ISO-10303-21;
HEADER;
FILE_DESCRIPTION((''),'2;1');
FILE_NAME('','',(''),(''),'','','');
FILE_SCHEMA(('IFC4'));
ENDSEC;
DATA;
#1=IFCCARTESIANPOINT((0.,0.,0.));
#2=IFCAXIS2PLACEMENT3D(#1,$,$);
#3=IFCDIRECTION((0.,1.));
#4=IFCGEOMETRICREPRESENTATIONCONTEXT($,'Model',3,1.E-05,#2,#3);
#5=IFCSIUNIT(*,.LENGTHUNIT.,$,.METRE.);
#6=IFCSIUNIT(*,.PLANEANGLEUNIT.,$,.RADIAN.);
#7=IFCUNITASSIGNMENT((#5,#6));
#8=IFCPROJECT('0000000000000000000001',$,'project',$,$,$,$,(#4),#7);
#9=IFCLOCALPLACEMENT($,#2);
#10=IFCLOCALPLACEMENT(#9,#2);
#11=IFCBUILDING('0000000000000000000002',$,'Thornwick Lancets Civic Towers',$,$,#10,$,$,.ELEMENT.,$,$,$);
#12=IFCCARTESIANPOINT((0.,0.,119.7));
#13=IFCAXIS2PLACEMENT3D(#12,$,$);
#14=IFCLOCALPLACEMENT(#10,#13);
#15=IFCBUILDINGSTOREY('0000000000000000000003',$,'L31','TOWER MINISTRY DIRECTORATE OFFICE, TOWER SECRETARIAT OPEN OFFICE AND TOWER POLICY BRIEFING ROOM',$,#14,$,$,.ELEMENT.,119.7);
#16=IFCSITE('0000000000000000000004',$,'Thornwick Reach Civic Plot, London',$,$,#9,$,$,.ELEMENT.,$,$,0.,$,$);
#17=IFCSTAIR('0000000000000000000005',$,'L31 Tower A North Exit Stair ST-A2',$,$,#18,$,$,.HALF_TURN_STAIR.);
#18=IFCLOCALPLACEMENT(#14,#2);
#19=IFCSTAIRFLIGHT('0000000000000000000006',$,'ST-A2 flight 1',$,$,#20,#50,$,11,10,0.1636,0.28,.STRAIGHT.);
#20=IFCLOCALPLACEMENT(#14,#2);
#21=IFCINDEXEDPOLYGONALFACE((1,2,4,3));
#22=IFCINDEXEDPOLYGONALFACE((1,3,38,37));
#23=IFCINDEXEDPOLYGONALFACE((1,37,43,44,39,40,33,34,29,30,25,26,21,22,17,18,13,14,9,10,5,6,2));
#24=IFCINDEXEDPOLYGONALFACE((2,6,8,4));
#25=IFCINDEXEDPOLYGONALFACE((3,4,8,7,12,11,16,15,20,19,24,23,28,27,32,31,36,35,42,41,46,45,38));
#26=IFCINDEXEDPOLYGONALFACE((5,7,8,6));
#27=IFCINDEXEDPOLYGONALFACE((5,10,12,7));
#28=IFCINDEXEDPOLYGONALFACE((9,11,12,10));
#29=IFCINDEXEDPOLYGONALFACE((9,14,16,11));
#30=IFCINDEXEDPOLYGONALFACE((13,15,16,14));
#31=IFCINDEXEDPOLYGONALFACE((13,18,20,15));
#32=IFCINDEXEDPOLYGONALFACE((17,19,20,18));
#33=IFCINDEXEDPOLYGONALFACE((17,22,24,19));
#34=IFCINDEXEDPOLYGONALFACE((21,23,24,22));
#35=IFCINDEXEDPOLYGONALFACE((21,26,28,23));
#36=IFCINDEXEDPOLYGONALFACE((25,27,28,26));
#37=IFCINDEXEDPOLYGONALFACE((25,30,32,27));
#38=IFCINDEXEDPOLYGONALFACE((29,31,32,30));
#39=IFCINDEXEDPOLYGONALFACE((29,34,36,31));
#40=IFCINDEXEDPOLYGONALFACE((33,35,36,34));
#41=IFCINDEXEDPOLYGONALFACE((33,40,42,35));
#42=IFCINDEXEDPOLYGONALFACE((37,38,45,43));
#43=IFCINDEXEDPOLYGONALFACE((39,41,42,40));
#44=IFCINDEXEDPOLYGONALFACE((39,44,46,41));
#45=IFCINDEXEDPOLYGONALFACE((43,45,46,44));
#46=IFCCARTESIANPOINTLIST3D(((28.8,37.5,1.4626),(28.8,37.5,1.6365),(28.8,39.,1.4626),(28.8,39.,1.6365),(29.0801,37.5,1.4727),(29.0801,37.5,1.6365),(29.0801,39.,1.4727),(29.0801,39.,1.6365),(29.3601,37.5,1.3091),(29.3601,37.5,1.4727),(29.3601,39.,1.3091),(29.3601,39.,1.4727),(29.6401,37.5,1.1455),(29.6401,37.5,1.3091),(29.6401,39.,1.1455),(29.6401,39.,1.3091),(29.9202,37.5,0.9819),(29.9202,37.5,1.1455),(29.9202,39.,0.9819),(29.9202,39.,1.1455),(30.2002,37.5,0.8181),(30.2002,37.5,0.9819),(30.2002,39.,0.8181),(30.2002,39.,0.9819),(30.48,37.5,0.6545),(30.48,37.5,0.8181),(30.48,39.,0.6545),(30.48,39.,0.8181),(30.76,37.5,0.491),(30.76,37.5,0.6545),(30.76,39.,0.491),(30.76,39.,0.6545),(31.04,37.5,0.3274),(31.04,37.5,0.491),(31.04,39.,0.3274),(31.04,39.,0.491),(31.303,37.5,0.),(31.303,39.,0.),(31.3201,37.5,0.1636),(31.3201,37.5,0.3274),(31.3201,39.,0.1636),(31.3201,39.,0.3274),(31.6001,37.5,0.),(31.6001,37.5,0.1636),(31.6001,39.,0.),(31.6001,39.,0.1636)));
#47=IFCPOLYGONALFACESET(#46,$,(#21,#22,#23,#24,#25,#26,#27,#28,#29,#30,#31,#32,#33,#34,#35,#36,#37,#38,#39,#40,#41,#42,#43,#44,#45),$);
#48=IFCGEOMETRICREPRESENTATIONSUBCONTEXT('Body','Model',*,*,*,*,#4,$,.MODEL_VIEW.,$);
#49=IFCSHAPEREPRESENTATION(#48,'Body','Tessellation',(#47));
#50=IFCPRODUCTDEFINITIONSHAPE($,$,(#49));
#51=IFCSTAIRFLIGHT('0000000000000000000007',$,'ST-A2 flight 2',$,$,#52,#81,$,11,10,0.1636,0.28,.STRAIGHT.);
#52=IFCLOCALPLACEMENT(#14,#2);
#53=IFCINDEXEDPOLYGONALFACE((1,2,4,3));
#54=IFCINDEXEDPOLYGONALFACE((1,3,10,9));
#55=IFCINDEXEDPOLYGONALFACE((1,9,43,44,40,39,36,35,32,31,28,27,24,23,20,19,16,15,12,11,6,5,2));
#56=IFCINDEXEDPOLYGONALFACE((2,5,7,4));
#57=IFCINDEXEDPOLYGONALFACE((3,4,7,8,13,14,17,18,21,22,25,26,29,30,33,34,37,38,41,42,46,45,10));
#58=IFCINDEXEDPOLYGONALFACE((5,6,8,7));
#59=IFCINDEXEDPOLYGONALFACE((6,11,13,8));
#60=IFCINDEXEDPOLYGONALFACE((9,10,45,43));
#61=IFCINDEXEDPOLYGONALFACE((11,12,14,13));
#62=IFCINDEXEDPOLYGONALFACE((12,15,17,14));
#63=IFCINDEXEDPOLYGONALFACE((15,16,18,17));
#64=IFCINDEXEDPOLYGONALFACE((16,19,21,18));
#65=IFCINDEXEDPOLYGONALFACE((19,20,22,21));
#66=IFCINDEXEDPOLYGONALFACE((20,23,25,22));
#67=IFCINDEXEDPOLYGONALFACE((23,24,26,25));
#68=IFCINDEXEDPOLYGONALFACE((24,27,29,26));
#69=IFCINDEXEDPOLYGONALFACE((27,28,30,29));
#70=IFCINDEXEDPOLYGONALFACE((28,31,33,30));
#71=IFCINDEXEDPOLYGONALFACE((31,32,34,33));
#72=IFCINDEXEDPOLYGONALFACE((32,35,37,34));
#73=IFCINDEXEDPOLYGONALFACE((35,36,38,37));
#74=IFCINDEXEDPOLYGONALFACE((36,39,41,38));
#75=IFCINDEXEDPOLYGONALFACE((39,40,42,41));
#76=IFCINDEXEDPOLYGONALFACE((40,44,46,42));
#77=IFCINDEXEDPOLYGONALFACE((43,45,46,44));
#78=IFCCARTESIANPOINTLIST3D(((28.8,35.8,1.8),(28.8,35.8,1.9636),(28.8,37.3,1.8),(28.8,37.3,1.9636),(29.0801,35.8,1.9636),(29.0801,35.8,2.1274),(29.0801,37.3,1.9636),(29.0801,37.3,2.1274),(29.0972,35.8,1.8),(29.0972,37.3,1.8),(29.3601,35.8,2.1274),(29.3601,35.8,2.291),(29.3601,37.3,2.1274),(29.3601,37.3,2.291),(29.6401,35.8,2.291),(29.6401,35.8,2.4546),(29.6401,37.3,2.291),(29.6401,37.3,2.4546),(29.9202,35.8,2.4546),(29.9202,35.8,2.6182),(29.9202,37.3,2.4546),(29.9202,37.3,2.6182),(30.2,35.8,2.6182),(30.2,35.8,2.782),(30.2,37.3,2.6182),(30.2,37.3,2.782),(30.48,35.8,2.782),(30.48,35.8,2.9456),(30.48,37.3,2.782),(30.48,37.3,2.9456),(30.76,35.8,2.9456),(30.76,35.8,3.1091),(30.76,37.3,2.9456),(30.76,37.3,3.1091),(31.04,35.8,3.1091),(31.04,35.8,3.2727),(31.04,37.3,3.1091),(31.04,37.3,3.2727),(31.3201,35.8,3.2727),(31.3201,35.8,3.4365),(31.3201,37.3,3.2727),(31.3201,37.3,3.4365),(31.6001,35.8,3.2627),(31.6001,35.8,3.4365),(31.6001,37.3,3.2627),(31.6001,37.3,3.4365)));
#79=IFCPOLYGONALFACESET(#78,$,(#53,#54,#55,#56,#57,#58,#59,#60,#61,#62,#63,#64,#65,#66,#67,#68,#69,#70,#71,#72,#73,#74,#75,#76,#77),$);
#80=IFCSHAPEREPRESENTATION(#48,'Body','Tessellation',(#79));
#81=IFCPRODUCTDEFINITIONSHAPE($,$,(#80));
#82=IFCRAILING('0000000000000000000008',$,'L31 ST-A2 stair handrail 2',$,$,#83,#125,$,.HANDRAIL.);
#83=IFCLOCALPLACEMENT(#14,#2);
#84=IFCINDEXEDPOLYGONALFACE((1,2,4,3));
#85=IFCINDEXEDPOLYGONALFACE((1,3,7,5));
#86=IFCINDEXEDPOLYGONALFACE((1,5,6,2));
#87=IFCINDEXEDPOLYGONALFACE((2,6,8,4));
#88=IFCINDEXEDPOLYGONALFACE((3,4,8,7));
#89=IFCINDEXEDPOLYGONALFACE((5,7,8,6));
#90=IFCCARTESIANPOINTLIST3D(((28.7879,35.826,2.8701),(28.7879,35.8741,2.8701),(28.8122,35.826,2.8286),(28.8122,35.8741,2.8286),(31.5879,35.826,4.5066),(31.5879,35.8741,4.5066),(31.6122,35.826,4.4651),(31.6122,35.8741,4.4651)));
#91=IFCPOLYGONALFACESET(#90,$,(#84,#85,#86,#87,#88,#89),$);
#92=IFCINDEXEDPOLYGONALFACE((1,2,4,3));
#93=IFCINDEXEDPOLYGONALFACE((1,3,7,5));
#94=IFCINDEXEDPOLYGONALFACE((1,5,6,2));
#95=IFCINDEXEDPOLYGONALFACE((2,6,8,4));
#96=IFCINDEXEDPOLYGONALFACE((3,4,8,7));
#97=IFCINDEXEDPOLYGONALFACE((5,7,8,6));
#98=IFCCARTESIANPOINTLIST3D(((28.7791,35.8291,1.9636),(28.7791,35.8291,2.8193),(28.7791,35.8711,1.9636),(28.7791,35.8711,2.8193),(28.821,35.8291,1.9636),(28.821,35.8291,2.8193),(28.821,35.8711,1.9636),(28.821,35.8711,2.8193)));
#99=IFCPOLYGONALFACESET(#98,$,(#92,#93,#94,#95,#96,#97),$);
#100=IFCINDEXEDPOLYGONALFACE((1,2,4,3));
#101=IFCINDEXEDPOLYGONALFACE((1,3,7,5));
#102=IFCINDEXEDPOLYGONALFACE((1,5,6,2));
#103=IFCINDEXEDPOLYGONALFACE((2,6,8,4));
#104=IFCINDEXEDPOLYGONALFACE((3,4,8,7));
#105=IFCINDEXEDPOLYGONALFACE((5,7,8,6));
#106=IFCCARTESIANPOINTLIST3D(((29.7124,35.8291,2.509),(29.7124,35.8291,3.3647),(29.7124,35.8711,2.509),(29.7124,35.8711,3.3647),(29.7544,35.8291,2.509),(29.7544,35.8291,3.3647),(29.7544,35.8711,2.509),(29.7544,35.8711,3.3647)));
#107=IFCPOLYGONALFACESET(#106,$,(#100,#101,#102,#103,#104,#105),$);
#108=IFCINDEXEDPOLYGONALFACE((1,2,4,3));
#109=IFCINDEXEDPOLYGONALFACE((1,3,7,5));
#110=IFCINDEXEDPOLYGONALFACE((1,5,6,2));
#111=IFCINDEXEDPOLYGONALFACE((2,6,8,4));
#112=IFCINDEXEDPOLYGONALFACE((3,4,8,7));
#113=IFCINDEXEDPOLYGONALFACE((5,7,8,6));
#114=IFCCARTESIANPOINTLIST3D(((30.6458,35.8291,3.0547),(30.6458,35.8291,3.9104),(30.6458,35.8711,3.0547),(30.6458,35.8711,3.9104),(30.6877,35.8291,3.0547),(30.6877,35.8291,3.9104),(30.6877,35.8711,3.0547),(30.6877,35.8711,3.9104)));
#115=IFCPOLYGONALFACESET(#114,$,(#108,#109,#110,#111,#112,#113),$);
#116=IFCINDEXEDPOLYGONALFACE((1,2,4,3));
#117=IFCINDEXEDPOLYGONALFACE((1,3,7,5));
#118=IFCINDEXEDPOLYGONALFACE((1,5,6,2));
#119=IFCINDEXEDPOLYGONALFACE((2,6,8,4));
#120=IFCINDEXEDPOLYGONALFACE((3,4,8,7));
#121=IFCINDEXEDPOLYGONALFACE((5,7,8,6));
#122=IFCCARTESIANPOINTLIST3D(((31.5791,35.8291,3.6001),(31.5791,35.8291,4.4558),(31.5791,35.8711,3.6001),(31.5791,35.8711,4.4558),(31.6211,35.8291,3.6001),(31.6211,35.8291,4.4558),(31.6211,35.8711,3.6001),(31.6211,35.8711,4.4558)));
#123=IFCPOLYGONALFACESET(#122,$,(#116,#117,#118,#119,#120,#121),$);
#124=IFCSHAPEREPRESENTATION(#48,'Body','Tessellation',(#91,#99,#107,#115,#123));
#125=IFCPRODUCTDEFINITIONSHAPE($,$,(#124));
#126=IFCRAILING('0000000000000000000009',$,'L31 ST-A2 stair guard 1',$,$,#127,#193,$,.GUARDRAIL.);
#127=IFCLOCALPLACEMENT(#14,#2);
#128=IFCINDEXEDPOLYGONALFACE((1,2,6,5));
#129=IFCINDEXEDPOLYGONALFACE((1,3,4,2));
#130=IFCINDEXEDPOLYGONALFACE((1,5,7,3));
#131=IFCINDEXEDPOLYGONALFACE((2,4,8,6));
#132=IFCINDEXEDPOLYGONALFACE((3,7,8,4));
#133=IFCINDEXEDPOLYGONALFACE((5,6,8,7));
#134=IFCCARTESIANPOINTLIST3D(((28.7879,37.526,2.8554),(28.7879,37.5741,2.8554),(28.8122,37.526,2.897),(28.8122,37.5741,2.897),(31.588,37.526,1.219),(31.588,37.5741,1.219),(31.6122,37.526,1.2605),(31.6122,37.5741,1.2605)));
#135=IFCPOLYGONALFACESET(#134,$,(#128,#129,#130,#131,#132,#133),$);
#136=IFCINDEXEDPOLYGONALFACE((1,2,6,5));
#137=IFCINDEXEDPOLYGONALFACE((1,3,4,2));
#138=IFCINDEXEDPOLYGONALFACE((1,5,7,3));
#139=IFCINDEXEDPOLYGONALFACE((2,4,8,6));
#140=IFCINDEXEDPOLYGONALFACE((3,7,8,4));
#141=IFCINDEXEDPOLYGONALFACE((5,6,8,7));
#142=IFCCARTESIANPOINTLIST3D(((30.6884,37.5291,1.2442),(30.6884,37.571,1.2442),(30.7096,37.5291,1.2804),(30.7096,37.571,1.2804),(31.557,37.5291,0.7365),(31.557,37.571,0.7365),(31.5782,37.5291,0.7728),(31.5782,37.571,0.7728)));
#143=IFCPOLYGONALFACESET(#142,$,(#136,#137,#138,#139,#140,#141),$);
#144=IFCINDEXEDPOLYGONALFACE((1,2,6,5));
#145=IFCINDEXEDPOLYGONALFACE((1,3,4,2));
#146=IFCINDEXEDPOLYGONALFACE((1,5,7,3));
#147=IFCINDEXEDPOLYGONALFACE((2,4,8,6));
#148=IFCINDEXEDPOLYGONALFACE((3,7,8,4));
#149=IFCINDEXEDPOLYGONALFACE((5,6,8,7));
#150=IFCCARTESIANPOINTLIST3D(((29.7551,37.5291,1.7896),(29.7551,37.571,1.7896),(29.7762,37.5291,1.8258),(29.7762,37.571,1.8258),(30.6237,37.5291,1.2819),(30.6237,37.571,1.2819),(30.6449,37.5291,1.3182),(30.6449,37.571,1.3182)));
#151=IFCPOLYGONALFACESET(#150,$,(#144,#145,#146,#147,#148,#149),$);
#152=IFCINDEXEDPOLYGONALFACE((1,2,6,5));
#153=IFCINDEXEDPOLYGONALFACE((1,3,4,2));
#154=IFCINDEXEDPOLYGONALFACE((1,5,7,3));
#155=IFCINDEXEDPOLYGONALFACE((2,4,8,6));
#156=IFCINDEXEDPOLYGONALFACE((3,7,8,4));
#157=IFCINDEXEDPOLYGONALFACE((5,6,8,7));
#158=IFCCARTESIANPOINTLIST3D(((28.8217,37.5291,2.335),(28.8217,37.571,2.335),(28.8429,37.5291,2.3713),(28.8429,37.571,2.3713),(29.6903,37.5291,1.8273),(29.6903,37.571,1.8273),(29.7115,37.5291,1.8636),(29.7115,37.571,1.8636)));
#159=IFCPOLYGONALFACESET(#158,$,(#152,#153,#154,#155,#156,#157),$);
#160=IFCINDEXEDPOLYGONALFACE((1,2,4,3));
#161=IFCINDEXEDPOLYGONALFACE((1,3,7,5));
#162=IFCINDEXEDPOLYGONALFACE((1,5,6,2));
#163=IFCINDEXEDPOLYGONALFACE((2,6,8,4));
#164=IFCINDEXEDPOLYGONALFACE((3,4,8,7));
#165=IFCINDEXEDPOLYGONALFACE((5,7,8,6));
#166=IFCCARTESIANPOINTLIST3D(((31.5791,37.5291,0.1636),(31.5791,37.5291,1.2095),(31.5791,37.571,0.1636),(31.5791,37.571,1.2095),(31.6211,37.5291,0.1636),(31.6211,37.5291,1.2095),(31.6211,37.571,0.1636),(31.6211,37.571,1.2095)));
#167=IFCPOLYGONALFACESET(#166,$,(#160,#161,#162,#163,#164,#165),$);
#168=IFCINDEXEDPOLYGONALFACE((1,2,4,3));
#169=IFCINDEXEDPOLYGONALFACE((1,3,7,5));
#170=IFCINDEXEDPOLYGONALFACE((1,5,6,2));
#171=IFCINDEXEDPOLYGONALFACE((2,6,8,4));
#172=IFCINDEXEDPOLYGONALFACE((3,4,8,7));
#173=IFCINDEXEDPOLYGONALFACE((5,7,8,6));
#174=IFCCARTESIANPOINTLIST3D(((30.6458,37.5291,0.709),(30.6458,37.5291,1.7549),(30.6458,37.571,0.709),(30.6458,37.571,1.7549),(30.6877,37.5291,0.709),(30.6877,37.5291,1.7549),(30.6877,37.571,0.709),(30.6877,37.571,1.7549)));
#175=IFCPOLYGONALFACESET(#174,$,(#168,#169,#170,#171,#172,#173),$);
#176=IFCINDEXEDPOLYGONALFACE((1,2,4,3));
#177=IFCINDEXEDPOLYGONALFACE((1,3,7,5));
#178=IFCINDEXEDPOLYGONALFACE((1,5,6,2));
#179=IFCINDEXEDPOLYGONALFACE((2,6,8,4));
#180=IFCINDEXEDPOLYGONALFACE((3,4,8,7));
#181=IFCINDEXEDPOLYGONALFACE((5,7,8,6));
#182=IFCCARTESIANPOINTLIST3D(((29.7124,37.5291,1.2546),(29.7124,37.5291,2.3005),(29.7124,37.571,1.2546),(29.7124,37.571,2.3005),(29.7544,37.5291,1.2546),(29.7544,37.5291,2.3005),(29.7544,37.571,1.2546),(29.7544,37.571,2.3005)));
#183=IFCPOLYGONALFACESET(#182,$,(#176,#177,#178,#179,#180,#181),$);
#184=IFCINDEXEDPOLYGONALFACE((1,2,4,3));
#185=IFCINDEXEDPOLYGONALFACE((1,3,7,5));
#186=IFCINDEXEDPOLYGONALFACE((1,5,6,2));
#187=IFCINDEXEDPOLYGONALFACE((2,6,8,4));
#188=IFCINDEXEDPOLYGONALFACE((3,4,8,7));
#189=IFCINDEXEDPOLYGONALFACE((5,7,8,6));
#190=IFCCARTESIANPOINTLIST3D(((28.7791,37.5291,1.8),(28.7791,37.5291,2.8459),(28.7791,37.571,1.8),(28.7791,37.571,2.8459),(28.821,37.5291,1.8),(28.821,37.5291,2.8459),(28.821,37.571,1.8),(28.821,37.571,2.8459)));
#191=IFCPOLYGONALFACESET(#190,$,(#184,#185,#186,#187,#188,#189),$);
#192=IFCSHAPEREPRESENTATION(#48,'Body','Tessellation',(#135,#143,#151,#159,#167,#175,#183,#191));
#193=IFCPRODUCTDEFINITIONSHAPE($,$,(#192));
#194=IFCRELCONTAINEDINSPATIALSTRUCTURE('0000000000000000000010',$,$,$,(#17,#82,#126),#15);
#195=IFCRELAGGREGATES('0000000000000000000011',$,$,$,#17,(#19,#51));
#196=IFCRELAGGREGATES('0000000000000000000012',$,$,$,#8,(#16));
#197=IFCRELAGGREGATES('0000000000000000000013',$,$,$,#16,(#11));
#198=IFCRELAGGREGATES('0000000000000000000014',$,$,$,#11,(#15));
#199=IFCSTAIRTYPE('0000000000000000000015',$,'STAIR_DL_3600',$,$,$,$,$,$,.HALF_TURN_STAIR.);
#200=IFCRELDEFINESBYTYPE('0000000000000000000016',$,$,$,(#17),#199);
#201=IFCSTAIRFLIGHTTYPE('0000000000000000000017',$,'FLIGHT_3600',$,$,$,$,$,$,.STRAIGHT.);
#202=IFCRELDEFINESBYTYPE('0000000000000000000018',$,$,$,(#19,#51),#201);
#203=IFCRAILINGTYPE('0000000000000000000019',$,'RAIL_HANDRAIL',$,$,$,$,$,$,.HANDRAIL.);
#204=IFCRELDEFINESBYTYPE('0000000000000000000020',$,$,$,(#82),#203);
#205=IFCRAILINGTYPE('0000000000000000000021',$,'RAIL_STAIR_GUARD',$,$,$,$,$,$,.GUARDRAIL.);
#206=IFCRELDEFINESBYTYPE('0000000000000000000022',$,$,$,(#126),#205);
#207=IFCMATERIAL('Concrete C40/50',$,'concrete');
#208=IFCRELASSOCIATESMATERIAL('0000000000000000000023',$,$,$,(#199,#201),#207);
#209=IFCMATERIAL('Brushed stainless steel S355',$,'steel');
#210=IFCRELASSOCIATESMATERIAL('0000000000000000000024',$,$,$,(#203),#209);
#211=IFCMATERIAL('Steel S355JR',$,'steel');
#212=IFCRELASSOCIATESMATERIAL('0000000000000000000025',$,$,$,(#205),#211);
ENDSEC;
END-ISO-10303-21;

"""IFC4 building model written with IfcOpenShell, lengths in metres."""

from ifc_helpers import new_model, si_unit, direction, frame, origin, origin_2d, place, context, subcontext, project, spatial, polyline, rectangle, outline, extrude, material, type_object, element, aggregate, save


model = new_model("IFC4")

# Units and contexts
model_context = context("Model", 3, precision=1e-05, world=origin(), true_north=direction((0.0, 1.0)))
body_context = subcontext(model_context, "Body", "Model", "MODEL_VIEW")
ifc_project = project(units=[si_unit("LENGTHUNIT", "METRE"), si_unit("PLANEANGLEUNIT", "RADIAN")], contexts=[model_context])

# Site, building, storey
site_placement = place(None, origin())
site = spatial("IfcSite", under=ifc_project, at=site_placement, Name="Thornwick Reach Civic Plot, London", CompositionType="ELEMENT", RefElevation=0.0)
building_placement = place(site_placement, origin())
building = spatial("IfcBuilding", under=site, at=building_placement, Name="Thornwick Lancets Civic Towers", CompositionType="ELEMENT")
storey_placement = place(building_placement, frame((0.0, 0.0, 119.7)))
storey = spatial("IfcBuildingStorey", under=building, at=storey_placement, Name="L31", Description="TOWER MINISTRY DIRECTORATE OFFICE, TOWER SECRETARIAT OPEN OFFICE AND TOWER POLICY BRIEFING ROOM", CompositionType="ELEMENT", Elevation=119.7)

# Shared definitions
ifc_material_1 = material(Name="Steel S355JR", Category="steel")
ifc_material_2 = material(Name="Concrete C40/50", Category="concrete")

# Stair, stair flights
stair_type = type_object("IfcStairType", Name="STAIR_DL_3600", PredefinedType="HALF_TURN_STAIR", material=ifc_material_2)
stair_placement = place(storey_placement, origin())
stair = element("IfcStair", 1, at=stair_placement, inside=storey, type_object=stair_type, Name="L31 Tower A North Exit Stair ST-A2", PredefinedType="HALF_TURN_STAIR")
stair_flight_type = type_object("IfcStairFlightType", Name="FLIGHT_3600", PredefinedType="STRAIGHT", material=ifc_material_2)
stair_flight_1_placement = place(storey_placement, frame((31.6001, 38.25, 0.0), z_axis=(0.0, 0.0, 1.0), x_axis=(-1.0, 0.0, 0.0)))
stair_flight_1 = element("IfcStairFlight", 2, at=stair_flight_1_placement, type_object=stair_flight_type, Name="ST-A2 flight 1", NumberOfRisers=11, NumberOfTreads=10, PredefinedType="STRAIGHT", RiserHeight=0.1636, TreadLength=0.28, context=body_context, shape_type="SweptSolid", body=[
    extrude(outline(polyline([(0.0, 0.0), (0.0, 0.1636), (0.28, 0.1636), (0.28, 0.3274), (0.5601, 0.3274), (0.5601, 0.491), (0.8401, 0.491), (0.8401, 0.6545), (1.1201, 0.6545), (1.1201, 0.8181), (1.3999, 0.8181), (1.3999, 0.9819), (1.6799, 0.9819), (1.6799, 1.1455), (1.96, 1.1455), (1.96, 1.3091), (2.24, 1.3091), (2.24, 1.4727), (2.52, 1.4727), (2.52, 1.6365), (2.8, 1.6365), (2.8, 1.8), (2.8, 1.4626), (0.2971, 0.0), (0.0, 0.0)])), frame((0.0, 0.75, 0.0), z_axis=(0.0, -1.0, 0.0), x_axis=(1.0, 0.0, 0.0)), (0.0, 0.0, 1.0), 1.5),
])
stair_flight_2_placement = place(storey_placement, frame((28.8, 36.55, 1.8), z_axis=(0.0, 0.0, 1.0), x_axis=(1.0, 0.0, 0.0)))
stair_flight_2 = element("IfcStairFlight", 3, at=stair_flight_2_placement, type_object=stair_flight_type, Name="ST-A2 flight 2", NumberOfRisers=11, NumberOfTreads=10, PredefinedType="STRAIGHT", RiserHeight=0.1636, TreadLength=0.28, context=body_context, shape_type="SweptSolid", body=[
    extrude(outline(polyline([(0.0, 0.0), (0.0, 0.1636), (0.28, 0.1636), (0.28, 0.3274), (0.5601, 0.3274), (0.5601, 0.491), (0.8401, 0.491), (0.8401, 0.6545), (1.1201, 0.6545), (1.1201, 0.8181), (1.3999, 0.8181), (1.3999, 0.9819), (1.6799, 0.9819), (1.6799, 1.1455), (1.96, 1.1455), (1.96, 1.3091), (2.24, 1.3091), (2.24, 1.4727), (2.52, 1.4727), (2.52, 1.6365), (2.8, 1.6365), (2.8, 1.8), (2.8, 1.4626), (0.2971, 0.0), (0.0, 0.0)])), frame((0.0, 0.75, 0.0), z_axis=(0.0, -1.0, 0.0), x_axis=(1.0, 0.0, 0.0)), (0.0, 0.0, 1.0), 1.5),
])
aggregate(stair, [stair_flight_1, stair_flight_2])

# Railings
ifc_material_3 = material(Name="Brushed stainless steel S355", Category="steel")
railing_type_1 = type_object("IfcRailingType", Name="RAIL_HANDRAIL", PredefinedType="HANDRAIL", material=ifc_material_3)
railing_1_placement = place(storey_placement, frame((28.8, 35.8501, 1.9636)))
element("IfcRailing", 4, at=railing_1_placement, inside=storey, type_object=railing_type_1, Name="L31 ST-A2 stair handrail 2", PredefinedType="HANDRAIL", context=body_context, shape_type="SweptSolid", body=[
    extrude(rectangle(XDim=0.0481, YDim=0.0481, at=origin_2d()), frame((0.0, 0.0, 0.8857), z_axis=(0.863361, 0.0, 0.504587), x_axis=(0.0, 1.0, 0.0)), (0.0, 0.0, 1.0), 3.2432),
    extrude(rectangle(XDim=0.042, YDim=0.042, at=origin_2d()), origin(), (0.0, 0.0, 1.0), 0.8557),
    extrude(rectangle(XDim=0.042, YDim=0.042, at=origin_2d()), frame((0.9333, 0.0, 0.5454)), (0.0, 0.0, 1.0), 0.8557),
    extrude(rectangle(XDim=0.042, YDim=0.042, at=origin_2d()), frame((1.8667, 0.0, 1.0911)), (0.0, 0.0, 1.0), 0.8557),
    extrude(rectangle(XDim=0.042, YDim=0.042, at=origin_2d()), frame((2.8, 0.0, 1.6365)), (0.0, 0.0, 1.0), 0.8557),
])
railing_type_2 = type_object("IfcRailingType", Name="RAIL_STAIR_GUARD", PredefinedType="GUARDRAIL", material=ifc_material_1)
railing_2_placement = place(storey_placement, frame((31.6001, 37.55, 0.1636)))
element("IfcRailing", 5, at=railing_2_placement, inside=storey, type_object=railing_type_2, Name="L31 ST-A2 stair guard 1", PredefinedType="GUARDRAIL", context=body_context, shape_type="SweptSolid", body=[
    extrude(rectangle(XDim=0.0481, YDim=0.0481, at=origin_2d()), frame((0.0, 0.0, 1.0762), z_axis=(-0.863361, 0.0, 0.504587), x_axis=(0.0, -1.0, 0.0)), (0.0, 0.0, 1.0), 3.2432),
    extrude(rectangle(XDim=0.042, YDim=0.042, at=origin_2d()), frame((-0.0325, 0.0, 0.5911), z_axis=(-0.863361, 0.0, 0.504587), x_axis=(0.0, -1.0, 0.0)), (0.0, 0.0, 1.0), 1.0061),
    extrude(rectangle(XDim=0.042, YDim=0.042, at=origin_2d()), frame((-0.9658, 0.0, 1.1365), z_axis=(-0.863361, 0.0, 0.504587), x_axis=(0.0, -1.0, 0.0)), (0.0, 0.0, 1.0), 1.0061),
    extrude(rectangle(XDim=0.042, YDim=0.042, at=origin_2d()), frame((-1.8992, 0.0, 1.6819), z_axis=(-0.863361, 0.0, 0.504587), x_axis=(0.0, -1.0, 0.0)), (0.0, 0.0, 1.0), 1.0061),
    extrude(rectangle(XDim=0.042, YDim=0.042, at=origin_2d()), origin(), (0.0, 0.0, 1.0), 1.0459),
    extrude(rectangle(XDim=0.042, YDim=0.042, at=origin_2d()), frame((-0.9333, 0.0, 0.5454)), (0.0, 0.0, 1.0), 1.0459),
    extrude(rectangle(XDim=0.042, YDim=0.042, at=origin_2d()), frame((-1.8667, 0.0, 1.0911)), (0.0, 0.0, 1.0), 1.0459),
    extrude(rectangle(XDim=0.042, YDim=0.042, at=origin_2d()), frame((-2.8, 0.0, 1.6365)), (0.0, 0.0, 1.0), 1.0459),
])

save(model, "model.ifc")
